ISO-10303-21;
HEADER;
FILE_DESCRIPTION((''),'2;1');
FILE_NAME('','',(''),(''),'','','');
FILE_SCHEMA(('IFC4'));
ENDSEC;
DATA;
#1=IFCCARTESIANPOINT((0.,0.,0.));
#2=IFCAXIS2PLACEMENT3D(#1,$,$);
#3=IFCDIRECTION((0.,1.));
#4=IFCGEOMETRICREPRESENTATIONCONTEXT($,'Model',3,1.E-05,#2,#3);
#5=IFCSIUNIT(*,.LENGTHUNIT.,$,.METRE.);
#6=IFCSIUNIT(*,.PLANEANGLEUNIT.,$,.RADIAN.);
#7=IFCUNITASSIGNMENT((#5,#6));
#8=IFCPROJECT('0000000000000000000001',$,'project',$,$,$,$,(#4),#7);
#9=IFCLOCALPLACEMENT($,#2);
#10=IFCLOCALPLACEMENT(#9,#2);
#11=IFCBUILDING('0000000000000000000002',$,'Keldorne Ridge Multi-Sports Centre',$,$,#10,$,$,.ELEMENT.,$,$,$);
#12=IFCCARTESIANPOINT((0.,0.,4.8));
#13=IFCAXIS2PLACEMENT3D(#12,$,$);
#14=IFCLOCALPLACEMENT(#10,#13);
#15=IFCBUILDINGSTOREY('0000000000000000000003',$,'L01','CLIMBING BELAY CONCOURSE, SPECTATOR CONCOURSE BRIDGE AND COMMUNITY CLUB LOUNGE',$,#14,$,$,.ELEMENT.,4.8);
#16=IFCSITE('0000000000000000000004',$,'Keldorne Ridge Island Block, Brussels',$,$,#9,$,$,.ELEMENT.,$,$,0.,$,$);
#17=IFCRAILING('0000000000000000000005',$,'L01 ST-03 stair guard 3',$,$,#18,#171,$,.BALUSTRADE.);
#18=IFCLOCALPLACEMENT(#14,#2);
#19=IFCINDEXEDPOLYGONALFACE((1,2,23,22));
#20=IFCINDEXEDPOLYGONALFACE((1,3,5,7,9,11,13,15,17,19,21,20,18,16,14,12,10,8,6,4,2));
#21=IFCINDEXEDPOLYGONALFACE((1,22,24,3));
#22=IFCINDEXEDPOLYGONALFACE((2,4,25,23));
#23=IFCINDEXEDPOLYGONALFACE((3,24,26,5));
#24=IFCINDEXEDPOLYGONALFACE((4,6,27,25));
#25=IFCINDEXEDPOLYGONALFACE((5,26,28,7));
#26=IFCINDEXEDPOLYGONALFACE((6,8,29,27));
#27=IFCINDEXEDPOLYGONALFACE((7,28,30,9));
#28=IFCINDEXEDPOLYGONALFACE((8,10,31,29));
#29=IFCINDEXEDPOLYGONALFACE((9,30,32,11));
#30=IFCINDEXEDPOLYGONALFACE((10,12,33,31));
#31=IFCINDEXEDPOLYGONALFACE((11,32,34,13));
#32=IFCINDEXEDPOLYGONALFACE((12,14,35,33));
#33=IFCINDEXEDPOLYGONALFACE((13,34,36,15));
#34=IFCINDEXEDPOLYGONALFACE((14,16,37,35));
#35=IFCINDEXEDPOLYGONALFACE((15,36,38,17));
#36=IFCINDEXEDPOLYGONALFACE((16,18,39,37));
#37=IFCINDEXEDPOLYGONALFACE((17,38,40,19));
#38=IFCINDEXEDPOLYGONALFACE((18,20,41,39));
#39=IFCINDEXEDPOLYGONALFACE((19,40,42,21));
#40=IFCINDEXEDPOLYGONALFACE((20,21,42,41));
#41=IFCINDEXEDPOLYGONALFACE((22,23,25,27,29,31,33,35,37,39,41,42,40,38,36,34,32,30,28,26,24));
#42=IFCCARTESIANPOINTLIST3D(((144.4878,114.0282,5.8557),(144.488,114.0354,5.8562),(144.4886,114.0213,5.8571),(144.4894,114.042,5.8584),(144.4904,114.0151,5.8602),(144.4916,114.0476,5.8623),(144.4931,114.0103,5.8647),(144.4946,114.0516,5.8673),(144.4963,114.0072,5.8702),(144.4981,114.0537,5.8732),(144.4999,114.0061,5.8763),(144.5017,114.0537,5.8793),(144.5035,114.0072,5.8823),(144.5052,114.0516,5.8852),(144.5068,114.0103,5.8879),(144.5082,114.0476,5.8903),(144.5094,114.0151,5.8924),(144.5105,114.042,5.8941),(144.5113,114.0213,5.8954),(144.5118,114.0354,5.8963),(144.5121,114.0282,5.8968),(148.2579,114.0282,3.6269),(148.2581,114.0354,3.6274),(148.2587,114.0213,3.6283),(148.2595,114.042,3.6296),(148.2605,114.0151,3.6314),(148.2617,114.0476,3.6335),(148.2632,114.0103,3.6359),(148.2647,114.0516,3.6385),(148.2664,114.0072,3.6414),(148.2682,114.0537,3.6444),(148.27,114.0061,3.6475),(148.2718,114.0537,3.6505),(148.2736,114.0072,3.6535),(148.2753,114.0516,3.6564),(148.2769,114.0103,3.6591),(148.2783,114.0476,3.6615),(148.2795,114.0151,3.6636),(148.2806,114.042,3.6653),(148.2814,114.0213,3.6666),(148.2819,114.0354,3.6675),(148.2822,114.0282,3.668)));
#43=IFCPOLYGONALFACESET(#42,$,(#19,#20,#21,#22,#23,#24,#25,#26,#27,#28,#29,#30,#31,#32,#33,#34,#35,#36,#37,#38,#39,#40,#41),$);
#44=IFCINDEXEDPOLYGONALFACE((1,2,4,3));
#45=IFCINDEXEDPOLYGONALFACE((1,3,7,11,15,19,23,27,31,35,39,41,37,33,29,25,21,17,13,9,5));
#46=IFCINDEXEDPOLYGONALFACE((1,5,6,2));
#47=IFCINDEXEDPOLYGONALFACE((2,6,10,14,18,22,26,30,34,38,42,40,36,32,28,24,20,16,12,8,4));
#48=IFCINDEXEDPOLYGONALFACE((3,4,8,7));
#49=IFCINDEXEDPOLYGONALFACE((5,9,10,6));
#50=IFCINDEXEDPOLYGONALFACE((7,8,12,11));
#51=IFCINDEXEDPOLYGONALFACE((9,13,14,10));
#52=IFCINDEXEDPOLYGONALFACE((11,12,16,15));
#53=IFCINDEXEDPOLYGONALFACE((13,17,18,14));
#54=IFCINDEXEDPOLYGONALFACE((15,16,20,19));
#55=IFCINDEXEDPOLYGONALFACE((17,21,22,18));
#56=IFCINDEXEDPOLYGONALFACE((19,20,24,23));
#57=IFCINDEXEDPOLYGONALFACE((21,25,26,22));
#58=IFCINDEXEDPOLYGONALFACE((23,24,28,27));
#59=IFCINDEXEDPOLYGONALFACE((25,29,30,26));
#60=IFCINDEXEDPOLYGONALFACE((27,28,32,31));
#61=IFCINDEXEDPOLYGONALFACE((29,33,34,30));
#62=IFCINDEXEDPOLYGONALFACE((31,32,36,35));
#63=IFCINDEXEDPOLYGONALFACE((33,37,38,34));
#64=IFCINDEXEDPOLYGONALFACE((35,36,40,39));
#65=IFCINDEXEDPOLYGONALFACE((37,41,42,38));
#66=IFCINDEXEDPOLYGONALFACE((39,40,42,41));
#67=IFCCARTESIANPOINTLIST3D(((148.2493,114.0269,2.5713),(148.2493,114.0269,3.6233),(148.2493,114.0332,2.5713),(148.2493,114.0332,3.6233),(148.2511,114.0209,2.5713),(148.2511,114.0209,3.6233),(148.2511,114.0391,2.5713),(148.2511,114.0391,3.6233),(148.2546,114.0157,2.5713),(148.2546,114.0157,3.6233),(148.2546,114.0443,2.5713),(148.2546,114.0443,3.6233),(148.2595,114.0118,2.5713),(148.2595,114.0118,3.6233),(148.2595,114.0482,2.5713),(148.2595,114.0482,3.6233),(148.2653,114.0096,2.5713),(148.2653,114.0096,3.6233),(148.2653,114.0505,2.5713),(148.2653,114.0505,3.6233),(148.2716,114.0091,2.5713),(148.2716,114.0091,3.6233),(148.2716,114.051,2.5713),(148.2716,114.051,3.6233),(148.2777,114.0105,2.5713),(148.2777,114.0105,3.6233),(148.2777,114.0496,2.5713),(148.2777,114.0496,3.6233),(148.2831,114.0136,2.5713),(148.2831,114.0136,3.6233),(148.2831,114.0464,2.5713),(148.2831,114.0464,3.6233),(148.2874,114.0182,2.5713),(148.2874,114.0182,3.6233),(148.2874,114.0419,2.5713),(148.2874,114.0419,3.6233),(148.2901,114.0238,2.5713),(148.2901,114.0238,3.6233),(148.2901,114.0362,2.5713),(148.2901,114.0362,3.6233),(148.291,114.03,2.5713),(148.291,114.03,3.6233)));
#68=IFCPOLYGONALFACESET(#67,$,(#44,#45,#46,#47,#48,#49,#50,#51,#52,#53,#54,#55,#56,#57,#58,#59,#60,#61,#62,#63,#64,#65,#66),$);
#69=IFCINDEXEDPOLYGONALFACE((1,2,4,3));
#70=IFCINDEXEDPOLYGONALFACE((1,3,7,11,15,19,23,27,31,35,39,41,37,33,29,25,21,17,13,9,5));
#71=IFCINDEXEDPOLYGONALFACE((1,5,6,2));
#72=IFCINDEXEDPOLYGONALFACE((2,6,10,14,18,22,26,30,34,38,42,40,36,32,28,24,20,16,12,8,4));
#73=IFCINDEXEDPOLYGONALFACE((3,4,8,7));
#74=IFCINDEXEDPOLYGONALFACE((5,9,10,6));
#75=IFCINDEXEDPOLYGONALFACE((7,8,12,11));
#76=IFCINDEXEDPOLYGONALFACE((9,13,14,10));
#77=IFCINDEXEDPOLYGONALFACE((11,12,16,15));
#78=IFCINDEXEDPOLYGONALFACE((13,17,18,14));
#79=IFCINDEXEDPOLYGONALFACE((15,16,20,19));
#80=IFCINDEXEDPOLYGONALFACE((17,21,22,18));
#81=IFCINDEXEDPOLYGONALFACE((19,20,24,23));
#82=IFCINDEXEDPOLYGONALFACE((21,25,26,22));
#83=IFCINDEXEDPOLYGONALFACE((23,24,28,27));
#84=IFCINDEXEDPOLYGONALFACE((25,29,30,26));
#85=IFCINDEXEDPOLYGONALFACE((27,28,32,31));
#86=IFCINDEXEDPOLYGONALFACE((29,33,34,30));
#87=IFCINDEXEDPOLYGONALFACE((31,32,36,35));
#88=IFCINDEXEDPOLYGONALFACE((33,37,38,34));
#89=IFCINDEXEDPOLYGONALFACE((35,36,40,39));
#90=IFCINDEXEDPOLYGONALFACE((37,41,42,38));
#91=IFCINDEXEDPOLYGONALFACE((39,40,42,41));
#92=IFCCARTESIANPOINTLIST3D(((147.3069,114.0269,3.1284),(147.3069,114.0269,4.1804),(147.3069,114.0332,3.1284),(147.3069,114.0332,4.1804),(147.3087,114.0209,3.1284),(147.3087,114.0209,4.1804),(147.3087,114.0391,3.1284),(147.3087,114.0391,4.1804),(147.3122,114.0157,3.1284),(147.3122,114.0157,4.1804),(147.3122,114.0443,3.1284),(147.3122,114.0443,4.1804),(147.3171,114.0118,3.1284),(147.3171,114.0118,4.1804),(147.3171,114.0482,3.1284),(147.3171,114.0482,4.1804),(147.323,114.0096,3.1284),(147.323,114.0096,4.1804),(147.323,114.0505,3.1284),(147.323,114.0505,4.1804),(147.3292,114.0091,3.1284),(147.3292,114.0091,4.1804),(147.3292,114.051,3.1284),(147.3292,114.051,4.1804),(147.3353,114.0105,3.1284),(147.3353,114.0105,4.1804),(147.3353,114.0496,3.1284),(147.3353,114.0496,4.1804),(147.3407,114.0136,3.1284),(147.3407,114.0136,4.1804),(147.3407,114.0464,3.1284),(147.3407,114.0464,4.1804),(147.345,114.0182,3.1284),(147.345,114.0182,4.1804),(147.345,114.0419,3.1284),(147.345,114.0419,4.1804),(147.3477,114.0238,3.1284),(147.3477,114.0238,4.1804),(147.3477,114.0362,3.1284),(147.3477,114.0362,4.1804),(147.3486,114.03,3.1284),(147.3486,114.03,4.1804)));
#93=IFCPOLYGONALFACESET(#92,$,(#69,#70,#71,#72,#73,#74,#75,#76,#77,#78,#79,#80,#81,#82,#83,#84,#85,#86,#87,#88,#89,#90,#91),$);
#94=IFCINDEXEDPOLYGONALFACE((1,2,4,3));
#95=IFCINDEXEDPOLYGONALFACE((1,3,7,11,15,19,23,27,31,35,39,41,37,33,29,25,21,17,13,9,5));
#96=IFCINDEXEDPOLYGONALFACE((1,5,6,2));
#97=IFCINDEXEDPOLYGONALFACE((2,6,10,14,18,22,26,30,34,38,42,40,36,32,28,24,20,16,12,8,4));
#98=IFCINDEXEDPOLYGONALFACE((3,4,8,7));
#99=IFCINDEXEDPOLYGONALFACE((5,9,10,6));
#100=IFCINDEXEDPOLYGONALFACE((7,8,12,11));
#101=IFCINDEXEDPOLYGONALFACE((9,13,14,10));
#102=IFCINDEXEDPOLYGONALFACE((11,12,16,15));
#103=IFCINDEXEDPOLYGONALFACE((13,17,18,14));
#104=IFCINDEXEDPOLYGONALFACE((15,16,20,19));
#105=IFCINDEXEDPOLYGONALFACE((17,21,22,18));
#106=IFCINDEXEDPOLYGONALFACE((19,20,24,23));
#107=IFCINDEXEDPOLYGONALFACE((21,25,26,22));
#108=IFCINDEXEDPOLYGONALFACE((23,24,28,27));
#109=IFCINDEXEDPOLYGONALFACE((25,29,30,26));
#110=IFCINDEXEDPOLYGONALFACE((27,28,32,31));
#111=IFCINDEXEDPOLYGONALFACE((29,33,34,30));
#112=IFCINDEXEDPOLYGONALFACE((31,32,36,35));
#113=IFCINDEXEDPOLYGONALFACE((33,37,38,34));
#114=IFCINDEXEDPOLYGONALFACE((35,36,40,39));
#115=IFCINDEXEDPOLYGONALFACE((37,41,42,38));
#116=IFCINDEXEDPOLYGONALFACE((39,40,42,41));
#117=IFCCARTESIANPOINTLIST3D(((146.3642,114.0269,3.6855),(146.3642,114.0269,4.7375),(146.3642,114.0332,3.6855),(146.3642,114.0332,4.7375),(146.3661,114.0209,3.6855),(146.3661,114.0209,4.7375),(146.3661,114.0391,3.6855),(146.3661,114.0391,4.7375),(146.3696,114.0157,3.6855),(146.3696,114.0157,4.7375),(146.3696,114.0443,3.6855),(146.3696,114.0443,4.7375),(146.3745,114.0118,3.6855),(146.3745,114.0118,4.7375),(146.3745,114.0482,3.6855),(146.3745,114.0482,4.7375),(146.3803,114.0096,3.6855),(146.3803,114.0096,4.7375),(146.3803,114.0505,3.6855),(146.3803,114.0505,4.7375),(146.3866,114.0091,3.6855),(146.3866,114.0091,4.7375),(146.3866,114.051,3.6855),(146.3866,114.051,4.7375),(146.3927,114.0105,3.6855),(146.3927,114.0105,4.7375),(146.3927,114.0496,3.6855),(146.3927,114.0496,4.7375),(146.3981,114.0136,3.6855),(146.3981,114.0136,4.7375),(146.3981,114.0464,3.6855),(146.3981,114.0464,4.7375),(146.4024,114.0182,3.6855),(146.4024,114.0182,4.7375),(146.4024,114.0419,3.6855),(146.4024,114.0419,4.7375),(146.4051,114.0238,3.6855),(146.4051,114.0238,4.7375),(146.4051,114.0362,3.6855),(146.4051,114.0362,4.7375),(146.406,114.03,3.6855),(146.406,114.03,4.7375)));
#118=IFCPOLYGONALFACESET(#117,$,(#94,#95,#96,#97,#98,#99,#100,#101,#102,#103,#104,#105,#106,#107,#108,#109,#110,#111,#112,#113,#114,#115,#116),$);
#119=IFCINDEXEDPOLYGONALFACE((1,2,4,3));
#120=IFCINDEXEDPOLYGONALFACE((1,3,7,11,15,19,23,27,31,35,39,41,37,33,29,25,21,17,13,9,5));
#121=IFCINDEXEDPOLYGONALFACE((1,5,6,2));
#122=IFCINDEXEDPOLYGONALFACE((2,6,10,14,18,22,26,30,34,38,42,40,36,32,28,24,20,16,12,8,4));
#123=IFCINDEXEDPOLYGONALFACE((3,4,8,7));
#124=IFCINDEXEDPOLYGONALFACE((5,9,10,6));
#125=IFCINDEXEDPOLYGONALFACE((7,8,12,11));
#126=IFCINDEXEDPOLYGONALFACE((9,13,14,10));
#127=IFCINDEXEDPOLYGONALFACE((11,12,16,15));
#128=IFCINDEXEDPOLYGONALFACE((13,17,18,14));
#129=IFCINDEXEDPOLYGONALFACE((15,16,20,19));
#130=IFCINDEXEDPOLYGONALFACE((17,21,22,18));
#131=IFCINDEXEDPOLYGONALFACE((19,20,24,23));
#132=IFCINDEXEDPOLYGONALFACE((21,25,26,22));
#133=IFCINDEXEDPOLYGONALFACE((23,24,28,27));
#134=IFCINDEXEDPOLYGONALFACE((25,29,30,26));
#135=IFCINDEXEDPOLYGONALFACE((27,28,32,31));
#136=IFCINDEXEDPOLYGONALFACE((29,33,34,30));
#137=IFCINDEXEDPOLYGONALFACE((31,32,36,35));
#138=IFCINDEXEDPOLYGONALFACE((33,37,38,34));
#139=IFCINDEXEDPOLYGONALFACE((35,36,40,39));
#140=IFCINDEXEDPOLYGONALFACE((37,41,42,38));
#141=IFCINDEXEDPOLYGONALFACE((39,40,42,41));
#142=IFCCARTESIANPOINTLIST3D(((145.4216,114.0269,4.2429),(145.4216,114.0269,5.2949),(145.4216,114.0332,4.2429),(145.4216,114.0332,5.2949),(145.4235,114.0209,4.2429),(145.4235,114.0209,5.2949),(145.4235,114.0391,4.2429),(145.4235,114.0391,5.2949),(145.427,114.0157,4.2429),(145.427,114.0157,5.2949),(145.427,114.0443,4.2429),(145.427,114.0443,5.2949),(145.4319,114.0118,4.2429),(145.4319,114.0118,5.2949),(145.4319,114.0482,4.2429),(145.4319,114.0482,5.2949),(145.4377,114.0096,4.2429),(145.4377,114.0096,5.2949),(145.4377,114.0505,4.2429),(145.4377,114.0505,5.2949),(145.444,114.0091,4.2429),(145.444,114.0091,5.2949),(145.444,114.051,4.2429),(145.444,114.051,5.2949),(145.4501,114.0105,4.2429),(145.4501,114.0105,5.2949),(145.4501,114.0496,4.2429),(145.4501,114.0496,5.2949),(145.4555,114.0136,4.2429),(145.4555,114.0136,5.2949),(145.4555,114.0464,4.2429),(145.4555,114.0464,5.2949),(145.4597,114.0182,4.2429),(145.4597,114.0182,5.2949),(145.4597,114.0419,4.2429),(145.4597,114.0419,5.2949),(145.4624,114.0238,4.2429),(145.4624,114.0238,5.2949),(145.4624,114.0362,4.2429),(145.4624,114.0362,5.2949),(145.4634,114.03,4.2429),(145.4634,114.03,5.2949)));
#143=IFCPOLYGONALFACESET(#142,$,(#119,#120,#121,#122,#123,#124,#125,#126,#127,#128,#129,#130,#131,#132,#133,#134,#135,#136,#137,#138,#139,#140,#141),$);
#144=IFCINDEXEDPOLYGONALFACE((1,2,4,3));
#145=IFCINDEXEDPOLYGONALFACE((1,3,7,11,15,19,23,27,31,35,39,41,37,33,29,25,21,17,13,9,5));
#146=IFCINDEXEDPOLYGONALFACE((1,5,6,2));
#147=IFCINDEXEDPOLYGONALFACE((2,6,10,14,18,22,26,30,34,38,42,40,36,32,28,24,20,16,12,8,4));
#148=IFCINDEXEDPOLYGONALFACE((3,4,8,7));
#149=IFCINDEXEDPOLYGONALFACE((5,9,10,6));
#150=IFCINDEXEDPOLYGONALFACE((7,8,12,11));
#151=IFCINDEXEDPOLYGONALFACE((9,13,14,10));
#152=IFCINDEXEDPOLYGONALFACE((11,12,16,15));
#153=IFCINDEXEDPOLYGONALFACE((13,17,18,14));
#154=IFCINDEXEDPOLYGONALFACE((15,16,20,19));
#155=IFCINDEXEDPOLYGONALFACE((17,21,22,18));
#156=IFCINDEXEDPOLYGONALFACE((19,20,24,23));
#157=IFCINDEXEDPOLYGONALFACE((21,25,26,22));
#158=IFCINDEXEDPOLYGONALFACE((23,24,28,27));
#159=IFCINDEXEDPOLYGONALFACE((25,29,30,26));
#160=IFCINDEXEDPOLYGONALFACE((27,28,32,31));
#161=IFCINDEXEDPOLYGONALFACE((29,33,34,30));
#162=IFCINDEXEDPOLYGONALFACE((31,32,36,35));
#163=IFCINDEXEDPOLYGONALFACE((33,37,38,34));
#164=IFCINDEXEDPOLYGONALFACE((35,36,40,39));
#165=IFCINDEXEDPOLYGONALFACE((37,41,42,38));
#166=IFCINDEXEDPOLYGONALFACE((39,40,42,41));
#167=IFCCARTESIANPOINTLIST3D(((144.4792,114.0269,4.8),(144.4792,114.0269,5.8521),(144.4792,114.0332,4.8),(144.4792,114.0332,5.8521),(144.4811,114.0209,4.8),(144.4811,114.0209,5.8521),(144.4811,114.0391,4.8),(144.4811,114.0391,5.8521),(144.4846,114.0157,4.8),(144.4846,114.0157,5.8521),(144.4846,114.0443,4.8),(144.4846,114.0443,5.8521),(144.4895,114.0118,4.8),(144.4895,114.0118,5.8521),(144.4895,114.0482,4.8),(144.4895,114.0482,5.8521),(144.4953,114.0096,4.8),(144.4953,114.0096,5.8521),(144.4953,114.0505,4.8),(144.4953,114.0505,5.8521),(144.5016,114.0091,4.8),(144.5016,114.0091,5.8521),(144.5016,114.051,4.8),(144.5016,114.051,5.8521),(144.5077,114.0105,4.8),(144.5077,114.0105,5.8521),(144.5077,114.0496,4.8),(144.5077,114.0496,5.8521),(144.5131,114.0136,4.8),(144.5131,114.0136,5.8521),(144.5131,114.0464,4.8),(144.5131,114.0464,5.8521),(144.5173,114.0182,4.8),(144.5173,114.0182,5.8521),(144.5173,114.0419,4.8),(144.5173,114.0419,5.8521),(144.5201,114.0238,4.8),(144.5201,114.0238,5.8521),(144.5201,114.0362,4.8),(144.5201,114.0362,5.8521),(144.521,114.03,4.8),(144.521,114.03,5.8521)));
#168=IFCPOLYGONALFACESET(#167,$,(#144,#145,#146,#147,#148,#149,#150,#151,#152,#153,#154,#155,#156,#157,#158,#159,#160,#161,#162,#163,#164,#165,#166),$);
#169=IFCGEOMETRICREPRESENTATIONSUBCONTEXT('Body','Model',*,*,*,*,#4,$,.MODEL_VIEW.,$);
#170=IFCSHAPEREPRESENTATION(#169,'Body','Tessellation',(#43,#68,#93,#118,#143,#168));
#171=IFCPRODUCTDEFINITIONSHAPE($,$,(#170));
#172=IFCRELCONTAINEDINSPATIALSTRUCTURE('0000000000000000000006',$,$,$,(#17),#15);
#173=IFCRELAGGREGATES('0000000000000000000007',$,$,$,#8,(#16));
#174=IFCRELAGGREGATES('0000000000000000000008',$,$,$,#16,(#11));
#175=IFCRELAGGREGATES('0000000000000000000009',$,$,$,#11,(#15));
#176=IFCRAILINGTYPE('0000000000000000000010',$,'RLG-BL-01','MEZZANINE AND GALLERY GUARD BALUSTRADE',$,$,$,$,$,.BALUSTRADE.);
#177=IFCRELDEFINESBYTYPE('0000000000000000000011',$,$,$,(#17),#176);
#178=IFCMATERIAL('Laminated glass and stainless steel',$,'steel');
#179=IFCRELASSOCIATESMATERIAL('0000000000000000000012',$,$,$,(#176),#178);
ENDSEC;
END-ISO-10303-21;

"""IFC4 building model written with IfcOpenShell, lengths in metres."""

from ifc_helpers import new_model, si_unit, direction, frame, origin, origin_2d, place, context, subcontext, project, spatial, circle, extrude, material, type_object, element, save


model = new_model("IFC4")

# Units and contexts
model_context = context("Model", 3, precision=1e-05, world=origin(), true_north=direction((0.0, 1.0)))
body_context = subcontext(model_context, "Body", "Model", "MODEL_VIEW")
ifc_project = project(units=[si_unit("LENGTHUNIT", "METRE"), si_unit("PLANEANGLEUNIT", "RADIAN")], contexts=[model_context])

# Site, building, storey
site_placement = place(None, origin())
site = spatial("IfcSite", under=ifc_project, at=site_placement, Name="Keldorne Ridge Island Block, Brussels", CompositionType="ELEMENT", RefElevation=0.0)
building_placement = place(site_placement, origin())
building = spatial("IfcBuilding", under=site, at=building_placement, Name="Keldorne Ridge Multi-Sports Centre", CompositionType="ELEMENT")
storey_placement = place(building_placement, frame((0.0, 0.0, 4.8)))
storey = spatial("IfcBuildingStorey", under=building, at=storey_placement, Name="L01", Description="CLIMBING BELAY CONCOURSE, SPECTATOR CONCOURSE BRIDGE AND COMMUNITY CLUB LOUNGE", CompositionType="ELEMENT", Elevation=4.8)

# Railing
ifc_material_1 = material(Name="Laminated glass and stainless steel", Category="steel")
railing_type_1 = type_object("IfcRailingType", Name="RLG-BL-01", Description="MEZZANINE AND GALLERY GUARD BALUSTRADE", PredefinedType="BALUSTRADE", material=ifc_material_1)
railing_1_placement = place(storey_placement, frame((148.27, 114.03, 2.5713)))
element("IfcRailing", 1, at=railing_1_placement, inside=storey, type_object=railing_type_1, Name="L01 ST-03 stair guard 3", PredefinedType="BALUSTRADE", context=body_context, shape_type="SweptSolid", body=[
    extrude(circle(Radius=0.0239, at=origin_2d()), frame((0.0, 0.0, 1.0762), z_axis=(-0.860824, 0.0, 0.508902), x_axis=(0.0, -1.0, 0.0)), (0.0, 0.0, 1.0), 4.3796),
    extrude(circle(Radius=0.021, at=origin_2d()), origin(), (0.0, 0.0, 1.0), 1.052),
    extrude(circle(Radius=0.021, at=origin_2d()), frame((-0.9424, 0.0, 0.5571)), (0.0, 0.0, 1.0), 1.052),
    extrude(circle(Radius=0.021, at=origin_2d()), frame((-1.885, 0.0, 1.1143)), (0.0, 0.0, 1.0), 1.052),
    extrude(circle(Radius=0.021, at=origin_2d()), frame((-2.8276, 0.0, 1.6716)), (0.0, 0.0, 1.0), 1.052),
    extrude(circle(Radius=0.021, at=origin_2d()), frame((-3.77, 0.0, 2.2288)), (0.0, 0.0, 1.0), 1.052),
])

save(model, "model.ifc")
